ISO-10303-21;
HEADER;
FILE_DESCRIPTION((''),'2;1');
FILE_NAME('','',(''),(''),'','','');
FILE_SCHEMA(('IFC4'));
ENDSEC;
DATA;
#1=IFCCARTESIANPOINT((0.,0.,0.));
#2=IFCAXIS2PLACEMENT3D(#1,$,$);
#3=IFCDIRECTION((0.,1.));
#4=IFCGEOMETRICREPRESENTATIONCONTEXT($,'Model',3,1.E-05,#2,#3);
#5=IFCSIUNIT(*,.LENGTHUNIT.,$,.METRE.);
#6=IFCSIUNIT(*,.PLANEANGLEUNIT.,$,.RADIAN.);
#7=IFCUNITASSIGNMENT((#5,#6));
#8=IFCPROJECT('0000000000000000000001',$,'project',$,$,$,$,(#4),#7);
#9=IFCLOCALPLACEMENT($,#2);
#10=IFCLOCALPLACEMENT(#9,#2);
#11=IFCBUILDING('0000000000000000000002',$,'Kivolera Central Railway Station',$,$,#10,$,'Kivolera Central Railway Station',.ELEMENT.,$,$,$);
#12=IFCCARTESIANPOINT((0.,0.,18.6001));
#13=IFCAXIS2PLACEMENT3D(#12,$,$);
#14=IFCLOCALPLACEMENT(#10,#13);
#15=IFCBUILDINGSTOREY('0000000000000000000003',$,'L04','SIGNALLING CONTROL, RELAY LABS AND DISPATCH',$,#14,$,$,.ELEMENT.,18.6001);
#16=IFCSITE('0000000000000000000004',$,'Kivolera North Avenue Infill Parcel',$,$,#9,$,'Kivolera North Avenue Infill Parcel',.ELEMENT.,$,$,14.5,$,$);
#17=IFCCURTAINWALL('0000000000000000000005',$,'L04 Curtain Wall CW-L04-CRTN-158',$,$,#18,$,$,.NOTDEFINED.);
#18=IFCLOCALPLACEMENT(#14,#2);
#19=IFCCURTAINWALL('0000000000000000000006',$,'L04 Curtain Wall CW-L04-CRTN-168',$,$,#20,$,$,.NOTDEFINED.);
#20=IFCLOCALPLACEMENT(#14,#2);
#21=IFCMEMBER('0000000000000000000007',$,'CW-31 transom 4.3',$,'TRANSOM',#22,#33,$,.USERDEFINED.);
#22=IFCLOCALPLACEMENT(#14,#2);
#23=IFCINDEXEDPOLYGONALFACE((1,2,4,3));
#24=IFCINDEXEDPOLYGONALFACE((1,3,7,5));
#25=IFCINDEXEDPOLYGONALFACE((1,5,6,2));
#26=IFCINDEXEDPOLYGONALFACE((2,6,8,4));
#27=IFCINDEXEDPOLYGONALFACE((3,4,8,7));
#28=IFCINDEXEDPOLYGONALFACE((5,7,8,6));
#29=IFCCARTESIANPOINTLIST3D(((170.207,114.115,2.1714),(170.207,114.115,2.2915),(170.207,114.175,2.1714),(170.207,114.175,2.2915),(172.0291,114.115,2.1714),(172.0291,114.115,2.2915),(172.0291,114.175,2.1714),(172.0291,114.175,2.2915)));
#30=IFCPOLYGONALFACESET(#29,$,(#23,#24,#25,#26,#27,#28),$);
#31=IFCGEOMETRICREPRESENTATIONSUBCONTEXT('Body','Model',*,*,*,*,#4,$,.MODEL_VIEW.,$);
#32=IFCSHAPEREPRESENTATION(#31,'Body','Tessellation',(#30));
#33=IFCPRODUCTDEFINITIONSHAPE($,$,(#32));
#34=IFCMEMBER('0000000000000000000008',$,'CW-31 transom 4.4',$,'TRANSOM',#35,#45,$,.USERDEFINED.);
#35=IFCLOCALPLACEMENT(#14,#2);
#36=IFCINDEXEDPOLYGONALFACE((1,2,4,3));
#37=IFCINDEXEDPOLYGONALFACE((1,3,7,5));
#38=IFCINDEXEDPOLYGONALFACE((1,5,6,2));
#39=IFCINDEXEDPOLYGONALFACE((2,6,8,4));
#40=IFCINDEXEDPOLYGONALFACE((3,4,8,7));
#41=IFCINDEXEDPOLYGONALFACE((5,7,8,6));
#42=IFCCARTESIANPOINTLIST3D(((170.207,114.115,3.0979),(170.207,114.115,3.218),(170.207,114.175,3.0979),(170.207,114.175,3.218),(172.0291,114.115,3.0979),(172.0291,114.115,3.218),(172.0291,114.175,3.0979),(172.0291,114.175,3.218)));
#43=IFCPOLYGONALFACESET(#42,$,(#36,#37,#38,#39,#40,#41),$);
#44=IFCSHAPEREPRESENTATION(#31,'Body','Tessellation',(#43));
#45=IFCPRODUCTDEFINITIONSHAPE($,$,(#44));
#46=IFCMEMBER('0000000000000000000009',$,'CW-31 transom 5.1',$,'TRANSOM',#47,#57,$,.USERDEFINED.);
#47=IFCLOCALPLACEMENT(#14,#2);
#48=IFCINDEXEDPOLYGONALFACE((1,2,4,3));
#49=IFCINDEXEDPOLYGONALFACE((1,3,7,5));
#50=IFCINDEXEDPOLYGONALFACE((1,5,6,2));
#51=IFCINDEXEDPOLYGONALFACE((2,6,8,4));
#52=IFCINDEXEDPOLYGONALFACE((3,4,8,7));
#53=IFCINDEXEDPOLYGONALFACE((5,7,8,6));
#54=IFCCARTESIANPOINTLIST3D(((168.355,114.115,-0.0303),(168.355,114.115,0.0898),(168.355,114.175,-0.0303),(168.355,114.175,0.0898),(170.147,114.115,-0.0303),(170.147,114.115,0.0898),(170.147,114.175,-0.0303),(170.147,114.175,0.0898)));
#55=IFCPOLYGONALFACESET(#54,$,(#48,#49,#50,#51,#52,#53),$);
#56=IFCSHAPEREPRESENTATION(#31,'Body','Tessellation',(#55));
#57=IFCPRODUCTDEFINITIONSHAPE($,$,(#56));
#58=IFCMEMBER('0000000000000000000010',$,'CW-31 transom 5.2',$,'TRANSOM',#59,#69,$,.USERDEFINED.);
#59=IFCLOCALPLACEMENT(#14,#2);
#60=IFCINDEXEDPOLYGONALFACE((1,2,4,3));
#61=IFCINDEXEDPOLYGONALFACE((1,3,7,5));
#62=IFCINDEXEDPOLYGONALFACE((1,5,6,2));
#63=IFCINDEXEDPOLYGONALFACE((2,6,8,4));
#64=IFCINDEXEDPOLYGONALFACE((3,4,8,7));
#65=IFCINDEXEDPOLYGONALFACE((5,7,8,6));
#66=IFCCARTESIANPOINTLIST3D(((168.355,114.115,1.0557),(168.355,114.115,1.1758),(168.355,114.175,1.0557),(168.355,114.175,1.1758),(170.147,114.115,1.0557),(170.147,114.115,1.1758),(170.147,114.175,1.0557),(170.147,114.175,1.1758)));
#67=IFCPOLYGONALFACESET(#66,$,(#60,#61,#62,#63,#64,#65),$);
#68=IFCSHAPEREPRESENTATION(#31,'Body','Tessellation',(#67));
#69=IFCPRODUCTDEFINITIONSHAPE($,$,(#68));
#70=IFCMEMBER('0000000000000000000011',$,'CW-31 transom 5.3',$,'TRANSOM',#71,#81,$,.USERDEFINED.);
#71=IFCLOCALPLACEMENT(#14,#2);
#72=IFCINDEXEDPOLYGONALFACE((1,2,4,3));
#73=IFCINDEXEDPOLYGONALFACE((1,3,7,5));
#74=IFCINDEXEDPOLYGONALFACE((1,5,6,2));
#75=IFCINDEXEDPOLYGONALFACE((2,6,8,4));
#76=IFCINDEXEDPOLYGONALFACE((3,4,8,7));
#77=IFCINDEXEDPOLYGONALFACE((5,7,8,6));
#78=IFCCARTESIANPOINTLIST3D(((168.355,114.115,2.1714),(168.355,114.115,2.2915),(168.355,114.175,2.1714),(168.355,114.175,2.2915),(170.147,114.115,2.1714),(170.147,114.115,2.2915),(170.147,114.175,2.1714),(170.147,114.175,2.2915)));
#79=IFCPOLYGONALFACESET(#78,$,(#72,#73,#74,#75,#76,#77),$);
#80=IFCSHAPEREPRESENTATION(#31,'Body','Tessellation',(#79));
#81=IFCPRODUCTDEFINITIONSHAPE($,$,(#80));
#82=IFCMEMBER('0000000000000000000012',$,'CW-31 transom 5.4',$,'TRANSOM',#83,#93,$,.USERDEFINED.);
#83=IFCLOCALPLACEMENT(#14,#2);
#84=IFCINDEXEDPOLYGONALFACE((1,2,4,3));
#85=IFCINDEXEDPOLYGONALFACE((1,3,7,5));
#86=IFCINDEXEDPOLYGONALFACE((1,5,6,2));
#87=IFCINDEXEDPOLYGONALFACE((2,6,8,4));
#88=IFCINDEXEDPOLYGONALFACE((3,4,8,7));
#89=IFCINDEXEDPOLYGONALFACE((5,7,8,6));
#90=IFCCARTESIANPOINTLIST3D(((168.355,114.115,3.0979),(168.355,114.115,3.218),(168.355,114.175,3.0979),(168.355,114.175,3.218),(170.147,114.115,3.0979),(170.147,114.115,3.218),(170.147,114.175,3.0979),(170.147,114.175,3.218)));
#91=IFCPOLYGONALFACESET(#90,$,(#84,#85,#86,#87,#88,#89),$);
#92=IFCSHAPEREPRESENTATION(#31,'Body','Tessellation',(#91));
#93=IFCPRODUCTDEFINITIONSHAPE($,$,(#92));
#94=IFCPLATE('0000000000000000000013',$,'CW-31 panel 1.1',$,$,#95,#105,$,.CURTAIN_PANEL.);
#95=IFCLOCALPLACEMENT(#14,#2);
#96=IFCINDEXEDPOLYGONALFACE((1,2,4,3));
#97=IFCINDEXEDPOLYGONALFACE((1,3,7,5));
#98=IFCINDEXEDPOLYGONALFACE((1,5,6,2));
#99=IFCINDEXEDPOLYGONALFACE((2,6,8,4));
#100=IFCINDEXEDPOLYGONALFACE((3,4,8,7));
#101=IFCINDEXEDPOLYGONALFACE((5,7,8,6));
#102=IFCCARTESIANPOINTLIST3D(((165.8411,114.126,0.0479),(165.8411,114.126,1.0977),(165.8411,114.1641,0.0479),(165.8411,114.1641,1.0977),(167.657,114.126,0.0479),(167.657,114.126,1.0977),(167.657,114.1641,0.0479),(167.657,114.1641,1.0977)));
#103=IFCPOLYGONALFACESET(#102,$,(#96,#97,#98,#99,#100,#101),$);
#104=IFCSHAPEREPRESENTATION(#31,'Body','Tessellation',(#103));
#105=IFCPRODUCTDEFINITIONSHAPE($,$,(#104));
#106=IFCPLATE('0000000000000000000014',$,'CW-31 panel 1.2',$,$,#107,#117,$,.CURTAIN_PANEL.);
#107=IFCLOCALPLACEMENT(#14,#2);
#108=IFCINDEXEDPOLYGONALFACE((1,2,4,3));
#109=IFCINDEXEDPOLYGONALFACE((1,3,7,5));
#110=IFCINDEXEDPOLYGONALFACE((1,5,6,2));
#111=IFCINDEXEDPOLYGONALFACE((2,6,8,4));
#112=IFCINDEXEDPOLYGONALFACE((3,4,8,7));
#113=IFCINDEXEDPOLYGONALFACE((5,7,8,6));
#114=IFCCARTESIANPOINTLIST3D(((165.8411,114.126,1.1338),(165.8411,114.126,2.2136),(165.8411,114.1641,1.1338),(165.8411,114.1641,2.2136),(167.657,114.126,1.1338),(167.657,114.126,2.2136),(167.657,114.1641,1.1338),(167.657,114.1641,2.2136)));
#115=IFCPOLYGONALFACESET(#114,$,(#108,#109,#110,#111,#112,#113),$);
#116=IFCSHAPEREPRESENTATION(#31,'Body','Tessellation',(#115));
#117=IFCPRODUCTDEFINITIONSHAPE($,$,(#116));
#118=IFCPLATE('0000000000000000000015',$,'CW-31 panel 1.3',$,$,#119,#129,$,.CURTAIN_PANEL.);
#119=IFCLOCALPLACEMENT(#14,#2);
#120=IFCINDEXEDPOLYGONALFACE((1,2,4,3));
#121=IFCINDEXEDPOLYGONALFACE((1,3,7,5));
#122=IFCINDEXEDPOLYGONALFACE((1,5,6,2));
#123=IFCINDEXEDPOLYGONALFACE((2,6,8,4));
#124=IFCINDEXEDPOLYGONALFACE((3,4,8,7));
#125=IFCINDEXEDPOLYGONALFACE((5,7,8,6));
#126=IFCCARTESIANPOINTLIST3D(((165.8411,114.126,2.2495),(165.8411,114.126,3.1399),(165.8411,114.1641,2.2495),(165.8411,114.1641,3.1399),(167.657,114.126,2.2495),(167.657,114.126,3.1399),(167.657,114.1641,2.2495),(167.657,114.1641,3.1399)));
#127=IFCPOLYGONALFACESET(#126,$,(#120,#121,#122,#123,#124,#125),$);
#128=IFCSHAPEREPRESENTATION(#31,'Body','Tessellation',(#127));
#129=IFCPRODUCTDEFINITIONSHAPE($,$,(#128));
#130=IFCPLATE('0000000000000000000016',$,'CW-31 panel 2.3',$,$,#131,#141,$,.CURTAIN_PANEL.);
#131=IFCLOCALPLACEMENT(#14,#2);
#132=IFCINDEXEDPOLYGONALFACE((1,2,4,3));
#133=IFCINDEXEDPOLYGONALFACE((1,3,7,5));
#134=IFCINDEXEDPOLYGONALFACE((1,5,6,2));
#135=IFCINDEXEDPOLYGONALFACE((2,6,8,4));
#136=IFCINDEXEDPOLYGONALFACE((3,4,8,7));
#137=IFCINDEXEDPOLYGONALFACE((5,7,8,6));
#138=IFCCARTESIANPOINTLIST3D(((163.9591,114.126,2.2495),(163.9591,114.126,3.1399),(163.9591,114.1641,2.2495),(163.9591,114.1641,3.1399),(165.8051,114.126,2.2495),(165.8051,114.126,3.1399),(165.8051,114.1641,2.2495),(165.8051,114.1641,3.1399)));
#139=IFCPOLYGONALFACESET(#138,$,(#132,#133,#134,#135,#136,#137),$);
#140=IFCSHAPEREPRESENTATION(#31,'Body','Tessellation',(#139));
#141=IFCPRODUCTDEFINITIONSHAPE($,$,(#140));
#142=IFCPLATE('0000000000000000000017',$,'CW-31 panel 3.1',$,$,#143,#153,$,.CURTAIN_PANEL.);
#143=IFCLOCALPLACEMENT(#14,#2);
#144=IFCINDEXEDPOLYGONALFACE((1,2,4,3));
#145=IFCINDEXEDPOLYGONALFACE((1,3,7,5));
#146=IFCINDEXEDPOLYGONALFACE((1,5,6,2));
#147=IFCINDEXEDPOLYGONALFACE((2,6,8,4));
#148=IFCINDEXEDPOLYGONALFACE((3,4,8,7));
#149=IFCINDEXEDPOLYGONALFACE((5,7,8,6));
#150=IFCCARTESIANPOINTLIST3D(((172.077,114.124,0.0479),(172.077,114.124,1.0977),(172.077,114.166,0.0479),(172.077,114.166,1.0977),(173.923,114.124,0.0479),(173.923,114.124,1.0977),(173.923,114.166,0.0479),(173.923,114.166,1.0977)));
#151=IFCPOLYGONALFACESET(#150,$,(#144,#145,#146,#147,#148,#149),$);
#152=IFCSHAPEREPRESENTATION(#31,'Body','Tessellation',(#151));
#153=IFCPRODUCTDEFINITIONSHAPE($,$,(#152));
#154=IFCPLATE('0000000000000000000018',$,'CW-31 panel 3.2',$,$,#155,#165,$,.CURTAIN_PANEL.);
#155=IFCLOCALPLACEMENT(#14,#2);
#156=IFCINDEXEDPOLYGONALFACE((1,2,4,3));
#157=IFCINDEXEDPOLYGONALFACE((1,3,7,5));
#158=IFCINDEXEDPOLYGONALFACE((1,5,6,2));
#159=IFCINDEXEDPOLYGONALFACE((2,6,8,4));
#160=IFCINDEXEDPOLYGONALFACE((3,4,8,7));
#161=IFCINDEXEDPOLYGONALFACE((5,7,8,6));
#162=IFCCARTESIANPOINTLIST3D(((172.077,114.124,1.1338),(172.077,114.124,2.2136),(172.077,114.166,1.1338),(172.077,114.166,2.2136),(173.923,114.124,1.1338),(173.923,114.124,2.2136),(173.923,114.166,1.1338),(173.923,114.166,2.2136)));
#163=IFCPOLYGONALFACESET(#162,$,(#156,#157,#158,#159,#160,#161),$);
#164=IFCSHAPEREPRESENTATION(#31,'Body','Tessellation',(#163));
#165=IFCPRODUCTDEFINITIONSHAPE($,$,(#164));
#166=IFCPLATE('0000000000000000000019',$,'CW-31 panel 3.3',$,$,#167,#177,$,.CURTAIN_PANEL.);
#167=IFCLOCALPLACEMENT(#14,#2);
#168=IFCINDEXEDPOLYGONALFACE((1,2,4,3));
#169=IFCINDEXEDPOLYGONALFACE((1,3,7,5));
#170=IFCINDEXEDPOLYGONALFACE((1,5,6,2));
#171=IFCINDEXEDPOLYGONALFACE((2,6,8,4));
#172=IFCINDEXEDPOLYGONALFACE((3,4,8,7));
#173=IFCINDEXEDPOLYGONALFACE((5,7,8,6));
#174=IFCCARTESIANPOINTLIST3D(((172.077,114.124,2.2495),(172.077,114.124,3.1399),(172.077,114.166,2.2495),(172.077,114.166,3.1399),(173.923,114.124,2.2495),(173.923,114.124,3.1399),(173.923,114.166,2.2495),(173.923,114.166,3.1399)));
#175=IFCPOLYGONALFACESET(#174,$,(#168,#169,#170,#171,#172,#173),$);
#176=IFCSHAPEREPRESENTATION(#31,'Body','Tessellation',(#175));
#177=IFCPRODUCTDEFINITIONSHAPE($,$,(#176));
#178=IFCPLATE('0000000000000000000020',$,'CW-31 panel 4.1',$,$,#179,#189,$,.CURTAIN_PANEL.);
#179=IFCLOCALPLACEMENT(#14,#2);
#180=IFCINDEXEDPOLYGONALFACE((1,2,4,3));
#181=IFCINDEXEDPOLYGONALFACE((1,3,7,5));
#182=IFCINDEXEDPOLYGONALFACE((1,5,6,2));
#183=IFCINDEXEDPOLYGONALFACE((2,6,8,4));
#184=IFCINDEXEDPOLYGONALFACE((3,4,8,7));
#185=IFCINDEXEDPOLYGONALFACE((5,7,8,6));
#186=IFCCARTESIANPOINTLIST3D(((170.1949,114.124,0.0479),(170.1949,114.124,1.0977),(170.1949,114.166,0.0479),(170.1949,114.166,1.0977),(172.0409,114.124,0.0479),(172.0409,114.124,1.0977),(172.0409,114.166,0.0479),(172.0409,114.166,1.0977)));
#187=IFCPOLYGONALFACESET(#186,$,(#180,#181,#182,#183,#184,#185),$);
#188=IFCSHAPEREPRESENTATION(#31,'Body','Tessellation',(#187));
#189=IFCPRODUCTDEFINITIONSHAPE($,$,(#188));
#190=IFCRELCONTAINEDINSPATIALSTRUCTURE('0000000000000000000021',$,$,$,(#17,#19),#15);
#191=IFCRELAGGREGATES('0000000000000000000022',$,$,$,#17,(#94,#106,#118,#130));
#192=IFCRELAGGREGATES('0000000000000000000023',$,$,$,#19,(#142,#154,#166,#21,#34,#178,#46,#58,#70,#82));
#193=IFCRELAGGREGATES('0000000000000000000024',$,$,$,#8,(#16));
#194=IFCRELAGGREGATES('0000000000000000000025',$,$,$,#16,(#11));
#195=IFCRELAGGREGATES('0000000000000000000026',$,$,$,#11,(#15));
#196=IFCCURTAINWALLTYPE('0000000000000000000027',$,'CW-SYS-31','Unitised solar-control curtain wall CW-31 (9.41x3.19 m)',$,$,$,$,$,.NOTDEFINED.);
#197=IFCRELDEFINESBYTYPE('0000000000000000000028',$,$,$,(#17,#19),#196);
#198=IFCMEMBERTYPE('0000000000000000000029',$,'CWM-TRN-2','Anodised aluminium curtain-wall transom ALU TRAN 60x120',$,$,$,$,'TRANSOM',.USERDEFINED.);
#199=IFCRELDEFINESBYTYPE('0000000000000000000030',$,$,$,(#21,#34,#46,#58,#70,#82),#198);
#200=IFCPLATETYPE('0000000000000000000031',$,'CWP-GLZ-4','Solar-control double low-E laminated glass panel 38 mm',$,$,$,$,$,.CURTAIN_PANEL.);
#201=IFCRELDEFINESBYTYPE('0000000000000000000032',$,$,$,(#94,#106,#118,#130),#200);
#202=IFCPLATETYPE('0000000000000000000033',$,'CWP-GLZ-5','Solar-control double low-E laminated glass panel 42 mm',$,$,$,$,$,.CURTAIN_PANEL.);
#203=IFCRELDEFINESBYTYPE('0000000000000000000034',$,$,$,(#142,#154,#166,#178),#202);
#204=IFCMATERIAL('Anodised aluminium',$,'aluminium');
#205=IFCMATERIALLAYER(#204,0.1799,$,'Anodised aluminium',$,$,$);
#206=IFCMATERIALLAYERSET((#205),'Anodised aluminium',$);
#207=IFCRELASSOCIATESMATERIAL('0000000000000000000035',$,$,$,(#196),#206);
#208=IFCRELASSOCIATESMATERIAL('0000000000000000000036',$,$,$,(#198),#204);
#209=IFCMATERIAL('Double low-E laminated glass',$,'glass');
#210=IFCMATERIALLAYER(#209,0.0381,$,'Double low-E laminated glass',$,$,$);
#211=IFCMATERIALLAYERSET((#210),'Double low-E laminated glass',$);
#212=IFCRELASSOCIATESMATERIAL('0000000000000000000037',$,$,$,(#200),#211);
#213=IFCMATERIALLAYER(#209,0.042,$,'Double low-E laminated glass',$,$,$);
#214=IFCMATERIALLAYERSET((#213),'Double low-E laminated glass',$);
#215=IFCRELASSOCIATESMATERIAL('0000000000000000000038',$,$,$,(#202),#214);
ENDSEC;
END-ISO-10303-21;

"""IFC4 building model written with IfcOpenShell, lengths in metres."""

from ifc_helpers import new_model, si_unit, direction, frame, origin, origin_2d, place, context, subcontext, project, spatial, rectangle, extrude, material, layer, layer_set, material_profile, profile_set, type_object, element, aggregate, save


model = new_model("IFC4")

# Units and contexts
model_context = context("Model", 3, precision=1e-05, world=origin(), true_north=direction((0.0, 1.0)))
body_context = subcontext(model_context, "Body", "Model", "MODEL_VIEW")
ifc_project = project(units=[si_unit("LENGTHUNIT", "METRE"), si_unit("PLANEANGLEUNIT", "RADIAN")], contexts=[model_context])

# Site, building, storey
site_placement = place(None, origin())
site = spatial("IfcSite", under=ifc_project, at=site_placement, Name="Kivolera North Avenue Infill Parcel", LongName="Kivolera North Avenue Infill Parcel", CompositionType="ELEMENT", RefElevation=14.5)
building_placement = place(site_placement, origin())
building = spatial("IfcBuilding", under=site, at=building_placement, Name="Kivolera Central Railway Station", LongName="Kivolera Central Railway Station", CompositionType="ELEMENT")
storey_placement = place(building_placement, frame((0.0, 0.0, 18.6001)))
storey = spatial("IfcBuildingStorey", under=building, at=storey_placement, Name="L04", Description="SIGNALLING CONTROL, RELAY LABS AND DISPATCH", CompositionType="ELEMENT", Elevation=18.6001)

# Curtain walls
ifc_material_1 = material(Name="Anodised aluminium", Category="aluminium")
ifc_layer_1 = layer(ifc_material_1, 0.1799, Name="Anodised aluminium")
ifc_layer_set_1 = layer_set([ifc_layer_1], Name="Anodised aluminium")
curtain_wall_type = type_object("IfcCurtainWallType", Name="CW-SYS-31", Description="Unitised solar-control curtain wall CW-31 (9.41x3.19 m)", PredefinedType="NOTDEFINED", material=ifc_layer_set_1)
curtain_wall_1_placement = place(storey_placement, origin())
curtain_wall_1 = element("IfcCurtainWall", 1, at=curtain_wall_1_placement, inside=storey, type_object=curtain_wall_type, Name="L04 Curtain Wall CW-L04-CRTN-158", PredefinedType="NOTDEFINED")
curtain_wall_2_placement = place(storey_placement, origin())
curtain_wall_2 = element("IfcCurtainWall", 2, at=curtain_wall_2_placement, inside=storey, type_object=curtain_wall_type, Name="L04 Curtain Wall CW-L04-CRTN-168", PredefinedType="NOTDEFINED")

# Members
ifc_material_profile_1 = material_profile(ifc_material_1, rectangle(XDim=0.0601, YDim=0.1201, at=origin_2d()), Name="ALU TRAN 60x120")
ifc_profile_set_1 = profile_set([ifc_material_profile_1], Name="Anodised aluminium")
member_type_1 = type_object("IfcMemberType", Name="CWM-TRN-2", Description="Anodised aluminium curtain-wall transom ALU TRAN 60x120", ElementType="TRANSOM", PredefinedType="USERDEFINED", material=ifc_profile_set_1)
member_1_placement = place(storey_placement, frame((172.0291, 114.145, 2.2314), z_axis=(-1.0, 0.0, 0.0), x_axis=(0.0, -1.0, 0.0)))
member_1 = element("IfcMember", 3, at=member_1_placement, type_object=member_type_1, Name="CW-31 transom 4.3", ObjectType="TRANSOM", PredefinedType="USERDEFINED", context=body_context, shape_type="SweptSolid", body=[
    extrude(rectangle(XDim=0.0601, YDim=0.1201, at=origin_2d()), origin(), (0.0, 0.0, 1.0), 1.822),
])
member_2_placement = place(storey_placement, frame((172.0291, 114.145, 3.158), z_axis=(-1.0, 0.0, 0.0), x_axis=(0.0, -1.0, 0.0)))
member_2 = element("IfcMember", 4, at=member_2_placement, type_object=member_type_1, Name="CW-31 transom 4.4", ObjectType="TRANSOM", PredefinedType="USERDEFINED", context=body_context, shape_type="SweptSolid", body=[
    extrude(rectangle(XDim=0.0601, YDim=0.1201, at=origin_2d()), origin(), (0.0, 0.0, 1.0), 1.822),
])
member_3_placement = place(storey_placement, frame((170.147, 114.145, 0.0298), z_axis=(-1.0, 0.0, 0.0), x_axis=(0.0, -1.0, 0.0)))
member_3 = element("IfcMember", 5, at=member_3_placement, type_object=member_type_1, Name="CW-31 transom 5.1", ObjectType="TRANSOM", PredefinedType="USERDEFINED", context=body_context, shape_type="SweptSolid", body=[
    extrude(rectangle(XDim=0.0601, YDim=0.1201, at=origin_2d()), origin(), (0.0, 0.0, 1.0), 1.792),
])
member_4_placement = place(storey_placement, frame((170.147, 114.145, 1.1157), z_axis=(-1.0, 0.0, 0.0), x_axis=(0.0, -1.0, 0.0)))
member_4 = element("IfcMember", 6, at=member_4_placement, type_object=member_type_1, Name="CW-31 transom 5.2", ObjectType="TRANSOM", PredefinedType="USERDEFINED", context=body_context, shape_type="SweptSolid", body=[
    extrude(rectangle(XDim=0.0601, YDim=0.1201, at=origin_2d()), origin(), (0.0, 0.0, 1.0), 1.792),
])
member_5_placement = place(storey_placement, frame((170.147, 114.145, 2.2314), z_axis=(-1.0, 0.0, 0.0), x_axis=(0.0, -1.0, 0.0)))
member_5 = element("IfcMember", 7, at=member_5_placement, type_object=member_type_1, Name="CW-31 transom 5.3", ObjectType="TRANSOM", PredefinedType="USERDEFINED", context=body_context, shape_type="SweptSolid", body=[
    extrude(rectangle(XDim=0.0601, YDim=0.1201, at=origin_2d()), origin(), (0.0, 0.0, 1.0), 1.792),
])
member_6_placement = place(storey_placement, frame((170.147, 114.145, 3.158), z_axis=(-1.0, 0.0, 0.0), x_axis=(0.0, -1.0, 0.0)))
member_6 = element("IfcMember", 8, at=member_6_placement, type_object=member_type_1, Name="CW-31 transom 5.4", ObjectType="TRANSOM", PredefinedType="USERDEFINED", context=body_context, shape_type="SweptSolid", body=[
    extrude(rectangle(XDim=0.0601, YDim=0.1201, at=origin_2d()), origin(), (0.0, 0.0, 1.0), 1.792),
])

# Plates
ifc_material_2 = material(Name="Double low-E laminated glass", Category="glass")
ifc_layer_2 = layer(ifc_material_2, 0.0381, Name="Double low-E laminated glass")
ifc_layer_set_2 = layer_set([ifc_layer_2], Name="Double low-E laminated glass")
plate_type_1 = type_object("IfcPlateType", Name="CWP-GLZ-4", Description="Solar-control double low-E laminated glass panel 38 mm", PredefinedType="CURTAIN_PANEL", material=ifc_layer_set_2)
plate_1_placement = place(storey_placement, frame((166.749, 114.145, 0.0479), z_axis=(0.0, 0.0, 1.0), x_axis=(-1.0, 0.0, 0.0)))
plate_1 = element("IfcPlate", 9, at=plate_1_placement, type_object=plate_type_1, Name="CW-31 panel 1.1", PredefinedType="CURTAIN_PANEL", context=body_context, shape_type="SweptSolid", body=[
    extrude(rectangle(XDim=1.8159, YDim=0.0381, at=origin_2d()), origin(), (0.0, 0.0, 1.0), 1.0498),
])
plate_2_placement = place(storey_placement, frame((166.749, 114.145, 1.1338), z_axis=(0.0, 0.0, 1.0), x_axis=(-1.0, 0.0, 0.0)))
plate_2 = element("IfcPlate", 10, at=plate_2_placement, type_object=plate_type_1, Name="CW-31 panel 1.2", PredefinedType="CURTAIN_PANEL", context=body_context, shape_type="SweptSolid", body=[
    extrude(rectangle(XDim=1.8159, YDim=0.0381, at=origin_2d()), origin(), (0.0, 0.0, 1.0), 1.0798),
])
plate_3_placement = place(storey_placement, frame((166.749, 114.145, 2.2495), z_axis=(0.0, 0.0, 1.0), x_axis=(-1.0, 0.0, 0.0)))
plate_3 = element("IfcPlate", 11, at=plate_3_placement, type_object=plate_type_1, Name="CW-31 panel 1.3", PredefinedType="CURTAIN_PANEL", context=body_context, shape_type="SweptSolid", body=[
    extrude(rectangle(XDim=1.8159, YDim=0.0381, at=origin_2d()), origin(), (0.0, 0.0, 1.0), 0.8904),
])
plate_4_placement = place(storey_placement, frame((164.8821, 114.145, 2.2495), z_axis=(0.0, 0.0, 1.0), x_axis=(-1.0, 0.0, 0.0)))
plate_4 = element("IfcPlate", 12, at=plate_4_placement, type_object=plate_type_1, Name="CW-31 panel 2.3", PredefinedType="CURTAIN_PANEL", context=body_context, shape_type="SweptSolid", body=[
    extrude(rectangle(XDim=1.8459, YDim=0.0381, at=origin_2d()), origin(), (0.0, 0.0, 1.0), 0.8904),
])
aggregate(curtain_wall_1, [plate_1, plate_2, plate_3, plate_4])
ifc_layer_3 = layer(ifc_material_2, 0.042, Name="Double low-E laminated glass")
ifc_layer_set_3 = layer_set([ifc_layer_3], Name="Double low-E laminated glass")
plate_type_2 = type_object("IfcPlateType", Name="CWP-GLZ-5", Description="Solar-control double low-E laminated glass panel 42 mm", PredefinedType="CURTAIN_PANEL", material=ifc_layer_set_3)
plate_5_placement = place(storey_placement, frame((173.0, 114.145, 0.0479), z_axis=(0.0, 0.0, 1.0), x_axis=(-1.0, 0.0, 0.0)))
plate_5 = element("IfcPlate", 13, at=plate_5_placement, type_object=plate_type_2, Name="CW-31 panel 3.1", PredefinedType="CURTAIN_PANEL", context=body_context, shape_type="SweptSolid", body=[
    extrude(rectangle(XDim=1.8459, YDim=0.042, at=origin_2d()), origin(), (0.0, 0.0, 1.0), 1.0498),
])
plate_6_placement = place(storey_placement, frame((173.0, 114.145, 1.1338), z_axis=(0.0, 0.0, 1.0), x_axis=(-1.0, 0.0, 0.0)))
plate_6 = element("IfcPlate", 14, at=plate_6_placement, type_object=plate_type_2, Name="CW-31 panel 3.2", PredefinedType="CURTAIN_PANEL", context=body_context, shape_type="SweptSolid", body=[
    extrude(rectangle(XDim=1.8459, YDim=0.042, at=origin_2d()), origin(), (0.0, 0.0, 1.0), 1.0798),
])
plate_7_placement = place(storey_placement, frame((173.0, 114.145, 2.2495), z_axis=(0.0, 0.0, 1.0), x_axis=(-1.0, 0.0, 0.0)))
plate_7 = element("IfcPlate", 15, at=plate_7_placement, type_object=plate_type_2, Name="CW-31 panel 3.3", PredefinedType="CURTAIN_PANEL", context=body_context, shape_type="SweptSolid", body=[
    extrude(rectangle(XDim=1.8459, YDim=0.042, at=origin_2d()), origin(), (0.0, 0.0, 1.0), 0.8904),
])
plate_8_placement = place(storey_placement, frame((171.1179, 114.145, 0.0479), z_axis=(0.0, 0.0, 1.0), x_axis=(-1.0, 0.0, 0.0)))
plate_8 = element("IfcPlate", 16, at=plate_8_placement, type_object=plate_type_2, Name="CW-31 panel 4.1", PredefinedType="CURTAIN_PANEL", context=body_context, shape_type="SweptSolid", body=[
    extrude(rectangle(XDim=1.8459, YDim=0.042, at=origin_2d()), origin(), (0.0, 0.0, 1.0), 1.0498),
])
aggregate(curtain_wall_2, [plate_5, plate_6, plate_7, member_1, member_2, plate_8, member_3, member_4, member_5, member_6])

save(model, "model.ifc")
